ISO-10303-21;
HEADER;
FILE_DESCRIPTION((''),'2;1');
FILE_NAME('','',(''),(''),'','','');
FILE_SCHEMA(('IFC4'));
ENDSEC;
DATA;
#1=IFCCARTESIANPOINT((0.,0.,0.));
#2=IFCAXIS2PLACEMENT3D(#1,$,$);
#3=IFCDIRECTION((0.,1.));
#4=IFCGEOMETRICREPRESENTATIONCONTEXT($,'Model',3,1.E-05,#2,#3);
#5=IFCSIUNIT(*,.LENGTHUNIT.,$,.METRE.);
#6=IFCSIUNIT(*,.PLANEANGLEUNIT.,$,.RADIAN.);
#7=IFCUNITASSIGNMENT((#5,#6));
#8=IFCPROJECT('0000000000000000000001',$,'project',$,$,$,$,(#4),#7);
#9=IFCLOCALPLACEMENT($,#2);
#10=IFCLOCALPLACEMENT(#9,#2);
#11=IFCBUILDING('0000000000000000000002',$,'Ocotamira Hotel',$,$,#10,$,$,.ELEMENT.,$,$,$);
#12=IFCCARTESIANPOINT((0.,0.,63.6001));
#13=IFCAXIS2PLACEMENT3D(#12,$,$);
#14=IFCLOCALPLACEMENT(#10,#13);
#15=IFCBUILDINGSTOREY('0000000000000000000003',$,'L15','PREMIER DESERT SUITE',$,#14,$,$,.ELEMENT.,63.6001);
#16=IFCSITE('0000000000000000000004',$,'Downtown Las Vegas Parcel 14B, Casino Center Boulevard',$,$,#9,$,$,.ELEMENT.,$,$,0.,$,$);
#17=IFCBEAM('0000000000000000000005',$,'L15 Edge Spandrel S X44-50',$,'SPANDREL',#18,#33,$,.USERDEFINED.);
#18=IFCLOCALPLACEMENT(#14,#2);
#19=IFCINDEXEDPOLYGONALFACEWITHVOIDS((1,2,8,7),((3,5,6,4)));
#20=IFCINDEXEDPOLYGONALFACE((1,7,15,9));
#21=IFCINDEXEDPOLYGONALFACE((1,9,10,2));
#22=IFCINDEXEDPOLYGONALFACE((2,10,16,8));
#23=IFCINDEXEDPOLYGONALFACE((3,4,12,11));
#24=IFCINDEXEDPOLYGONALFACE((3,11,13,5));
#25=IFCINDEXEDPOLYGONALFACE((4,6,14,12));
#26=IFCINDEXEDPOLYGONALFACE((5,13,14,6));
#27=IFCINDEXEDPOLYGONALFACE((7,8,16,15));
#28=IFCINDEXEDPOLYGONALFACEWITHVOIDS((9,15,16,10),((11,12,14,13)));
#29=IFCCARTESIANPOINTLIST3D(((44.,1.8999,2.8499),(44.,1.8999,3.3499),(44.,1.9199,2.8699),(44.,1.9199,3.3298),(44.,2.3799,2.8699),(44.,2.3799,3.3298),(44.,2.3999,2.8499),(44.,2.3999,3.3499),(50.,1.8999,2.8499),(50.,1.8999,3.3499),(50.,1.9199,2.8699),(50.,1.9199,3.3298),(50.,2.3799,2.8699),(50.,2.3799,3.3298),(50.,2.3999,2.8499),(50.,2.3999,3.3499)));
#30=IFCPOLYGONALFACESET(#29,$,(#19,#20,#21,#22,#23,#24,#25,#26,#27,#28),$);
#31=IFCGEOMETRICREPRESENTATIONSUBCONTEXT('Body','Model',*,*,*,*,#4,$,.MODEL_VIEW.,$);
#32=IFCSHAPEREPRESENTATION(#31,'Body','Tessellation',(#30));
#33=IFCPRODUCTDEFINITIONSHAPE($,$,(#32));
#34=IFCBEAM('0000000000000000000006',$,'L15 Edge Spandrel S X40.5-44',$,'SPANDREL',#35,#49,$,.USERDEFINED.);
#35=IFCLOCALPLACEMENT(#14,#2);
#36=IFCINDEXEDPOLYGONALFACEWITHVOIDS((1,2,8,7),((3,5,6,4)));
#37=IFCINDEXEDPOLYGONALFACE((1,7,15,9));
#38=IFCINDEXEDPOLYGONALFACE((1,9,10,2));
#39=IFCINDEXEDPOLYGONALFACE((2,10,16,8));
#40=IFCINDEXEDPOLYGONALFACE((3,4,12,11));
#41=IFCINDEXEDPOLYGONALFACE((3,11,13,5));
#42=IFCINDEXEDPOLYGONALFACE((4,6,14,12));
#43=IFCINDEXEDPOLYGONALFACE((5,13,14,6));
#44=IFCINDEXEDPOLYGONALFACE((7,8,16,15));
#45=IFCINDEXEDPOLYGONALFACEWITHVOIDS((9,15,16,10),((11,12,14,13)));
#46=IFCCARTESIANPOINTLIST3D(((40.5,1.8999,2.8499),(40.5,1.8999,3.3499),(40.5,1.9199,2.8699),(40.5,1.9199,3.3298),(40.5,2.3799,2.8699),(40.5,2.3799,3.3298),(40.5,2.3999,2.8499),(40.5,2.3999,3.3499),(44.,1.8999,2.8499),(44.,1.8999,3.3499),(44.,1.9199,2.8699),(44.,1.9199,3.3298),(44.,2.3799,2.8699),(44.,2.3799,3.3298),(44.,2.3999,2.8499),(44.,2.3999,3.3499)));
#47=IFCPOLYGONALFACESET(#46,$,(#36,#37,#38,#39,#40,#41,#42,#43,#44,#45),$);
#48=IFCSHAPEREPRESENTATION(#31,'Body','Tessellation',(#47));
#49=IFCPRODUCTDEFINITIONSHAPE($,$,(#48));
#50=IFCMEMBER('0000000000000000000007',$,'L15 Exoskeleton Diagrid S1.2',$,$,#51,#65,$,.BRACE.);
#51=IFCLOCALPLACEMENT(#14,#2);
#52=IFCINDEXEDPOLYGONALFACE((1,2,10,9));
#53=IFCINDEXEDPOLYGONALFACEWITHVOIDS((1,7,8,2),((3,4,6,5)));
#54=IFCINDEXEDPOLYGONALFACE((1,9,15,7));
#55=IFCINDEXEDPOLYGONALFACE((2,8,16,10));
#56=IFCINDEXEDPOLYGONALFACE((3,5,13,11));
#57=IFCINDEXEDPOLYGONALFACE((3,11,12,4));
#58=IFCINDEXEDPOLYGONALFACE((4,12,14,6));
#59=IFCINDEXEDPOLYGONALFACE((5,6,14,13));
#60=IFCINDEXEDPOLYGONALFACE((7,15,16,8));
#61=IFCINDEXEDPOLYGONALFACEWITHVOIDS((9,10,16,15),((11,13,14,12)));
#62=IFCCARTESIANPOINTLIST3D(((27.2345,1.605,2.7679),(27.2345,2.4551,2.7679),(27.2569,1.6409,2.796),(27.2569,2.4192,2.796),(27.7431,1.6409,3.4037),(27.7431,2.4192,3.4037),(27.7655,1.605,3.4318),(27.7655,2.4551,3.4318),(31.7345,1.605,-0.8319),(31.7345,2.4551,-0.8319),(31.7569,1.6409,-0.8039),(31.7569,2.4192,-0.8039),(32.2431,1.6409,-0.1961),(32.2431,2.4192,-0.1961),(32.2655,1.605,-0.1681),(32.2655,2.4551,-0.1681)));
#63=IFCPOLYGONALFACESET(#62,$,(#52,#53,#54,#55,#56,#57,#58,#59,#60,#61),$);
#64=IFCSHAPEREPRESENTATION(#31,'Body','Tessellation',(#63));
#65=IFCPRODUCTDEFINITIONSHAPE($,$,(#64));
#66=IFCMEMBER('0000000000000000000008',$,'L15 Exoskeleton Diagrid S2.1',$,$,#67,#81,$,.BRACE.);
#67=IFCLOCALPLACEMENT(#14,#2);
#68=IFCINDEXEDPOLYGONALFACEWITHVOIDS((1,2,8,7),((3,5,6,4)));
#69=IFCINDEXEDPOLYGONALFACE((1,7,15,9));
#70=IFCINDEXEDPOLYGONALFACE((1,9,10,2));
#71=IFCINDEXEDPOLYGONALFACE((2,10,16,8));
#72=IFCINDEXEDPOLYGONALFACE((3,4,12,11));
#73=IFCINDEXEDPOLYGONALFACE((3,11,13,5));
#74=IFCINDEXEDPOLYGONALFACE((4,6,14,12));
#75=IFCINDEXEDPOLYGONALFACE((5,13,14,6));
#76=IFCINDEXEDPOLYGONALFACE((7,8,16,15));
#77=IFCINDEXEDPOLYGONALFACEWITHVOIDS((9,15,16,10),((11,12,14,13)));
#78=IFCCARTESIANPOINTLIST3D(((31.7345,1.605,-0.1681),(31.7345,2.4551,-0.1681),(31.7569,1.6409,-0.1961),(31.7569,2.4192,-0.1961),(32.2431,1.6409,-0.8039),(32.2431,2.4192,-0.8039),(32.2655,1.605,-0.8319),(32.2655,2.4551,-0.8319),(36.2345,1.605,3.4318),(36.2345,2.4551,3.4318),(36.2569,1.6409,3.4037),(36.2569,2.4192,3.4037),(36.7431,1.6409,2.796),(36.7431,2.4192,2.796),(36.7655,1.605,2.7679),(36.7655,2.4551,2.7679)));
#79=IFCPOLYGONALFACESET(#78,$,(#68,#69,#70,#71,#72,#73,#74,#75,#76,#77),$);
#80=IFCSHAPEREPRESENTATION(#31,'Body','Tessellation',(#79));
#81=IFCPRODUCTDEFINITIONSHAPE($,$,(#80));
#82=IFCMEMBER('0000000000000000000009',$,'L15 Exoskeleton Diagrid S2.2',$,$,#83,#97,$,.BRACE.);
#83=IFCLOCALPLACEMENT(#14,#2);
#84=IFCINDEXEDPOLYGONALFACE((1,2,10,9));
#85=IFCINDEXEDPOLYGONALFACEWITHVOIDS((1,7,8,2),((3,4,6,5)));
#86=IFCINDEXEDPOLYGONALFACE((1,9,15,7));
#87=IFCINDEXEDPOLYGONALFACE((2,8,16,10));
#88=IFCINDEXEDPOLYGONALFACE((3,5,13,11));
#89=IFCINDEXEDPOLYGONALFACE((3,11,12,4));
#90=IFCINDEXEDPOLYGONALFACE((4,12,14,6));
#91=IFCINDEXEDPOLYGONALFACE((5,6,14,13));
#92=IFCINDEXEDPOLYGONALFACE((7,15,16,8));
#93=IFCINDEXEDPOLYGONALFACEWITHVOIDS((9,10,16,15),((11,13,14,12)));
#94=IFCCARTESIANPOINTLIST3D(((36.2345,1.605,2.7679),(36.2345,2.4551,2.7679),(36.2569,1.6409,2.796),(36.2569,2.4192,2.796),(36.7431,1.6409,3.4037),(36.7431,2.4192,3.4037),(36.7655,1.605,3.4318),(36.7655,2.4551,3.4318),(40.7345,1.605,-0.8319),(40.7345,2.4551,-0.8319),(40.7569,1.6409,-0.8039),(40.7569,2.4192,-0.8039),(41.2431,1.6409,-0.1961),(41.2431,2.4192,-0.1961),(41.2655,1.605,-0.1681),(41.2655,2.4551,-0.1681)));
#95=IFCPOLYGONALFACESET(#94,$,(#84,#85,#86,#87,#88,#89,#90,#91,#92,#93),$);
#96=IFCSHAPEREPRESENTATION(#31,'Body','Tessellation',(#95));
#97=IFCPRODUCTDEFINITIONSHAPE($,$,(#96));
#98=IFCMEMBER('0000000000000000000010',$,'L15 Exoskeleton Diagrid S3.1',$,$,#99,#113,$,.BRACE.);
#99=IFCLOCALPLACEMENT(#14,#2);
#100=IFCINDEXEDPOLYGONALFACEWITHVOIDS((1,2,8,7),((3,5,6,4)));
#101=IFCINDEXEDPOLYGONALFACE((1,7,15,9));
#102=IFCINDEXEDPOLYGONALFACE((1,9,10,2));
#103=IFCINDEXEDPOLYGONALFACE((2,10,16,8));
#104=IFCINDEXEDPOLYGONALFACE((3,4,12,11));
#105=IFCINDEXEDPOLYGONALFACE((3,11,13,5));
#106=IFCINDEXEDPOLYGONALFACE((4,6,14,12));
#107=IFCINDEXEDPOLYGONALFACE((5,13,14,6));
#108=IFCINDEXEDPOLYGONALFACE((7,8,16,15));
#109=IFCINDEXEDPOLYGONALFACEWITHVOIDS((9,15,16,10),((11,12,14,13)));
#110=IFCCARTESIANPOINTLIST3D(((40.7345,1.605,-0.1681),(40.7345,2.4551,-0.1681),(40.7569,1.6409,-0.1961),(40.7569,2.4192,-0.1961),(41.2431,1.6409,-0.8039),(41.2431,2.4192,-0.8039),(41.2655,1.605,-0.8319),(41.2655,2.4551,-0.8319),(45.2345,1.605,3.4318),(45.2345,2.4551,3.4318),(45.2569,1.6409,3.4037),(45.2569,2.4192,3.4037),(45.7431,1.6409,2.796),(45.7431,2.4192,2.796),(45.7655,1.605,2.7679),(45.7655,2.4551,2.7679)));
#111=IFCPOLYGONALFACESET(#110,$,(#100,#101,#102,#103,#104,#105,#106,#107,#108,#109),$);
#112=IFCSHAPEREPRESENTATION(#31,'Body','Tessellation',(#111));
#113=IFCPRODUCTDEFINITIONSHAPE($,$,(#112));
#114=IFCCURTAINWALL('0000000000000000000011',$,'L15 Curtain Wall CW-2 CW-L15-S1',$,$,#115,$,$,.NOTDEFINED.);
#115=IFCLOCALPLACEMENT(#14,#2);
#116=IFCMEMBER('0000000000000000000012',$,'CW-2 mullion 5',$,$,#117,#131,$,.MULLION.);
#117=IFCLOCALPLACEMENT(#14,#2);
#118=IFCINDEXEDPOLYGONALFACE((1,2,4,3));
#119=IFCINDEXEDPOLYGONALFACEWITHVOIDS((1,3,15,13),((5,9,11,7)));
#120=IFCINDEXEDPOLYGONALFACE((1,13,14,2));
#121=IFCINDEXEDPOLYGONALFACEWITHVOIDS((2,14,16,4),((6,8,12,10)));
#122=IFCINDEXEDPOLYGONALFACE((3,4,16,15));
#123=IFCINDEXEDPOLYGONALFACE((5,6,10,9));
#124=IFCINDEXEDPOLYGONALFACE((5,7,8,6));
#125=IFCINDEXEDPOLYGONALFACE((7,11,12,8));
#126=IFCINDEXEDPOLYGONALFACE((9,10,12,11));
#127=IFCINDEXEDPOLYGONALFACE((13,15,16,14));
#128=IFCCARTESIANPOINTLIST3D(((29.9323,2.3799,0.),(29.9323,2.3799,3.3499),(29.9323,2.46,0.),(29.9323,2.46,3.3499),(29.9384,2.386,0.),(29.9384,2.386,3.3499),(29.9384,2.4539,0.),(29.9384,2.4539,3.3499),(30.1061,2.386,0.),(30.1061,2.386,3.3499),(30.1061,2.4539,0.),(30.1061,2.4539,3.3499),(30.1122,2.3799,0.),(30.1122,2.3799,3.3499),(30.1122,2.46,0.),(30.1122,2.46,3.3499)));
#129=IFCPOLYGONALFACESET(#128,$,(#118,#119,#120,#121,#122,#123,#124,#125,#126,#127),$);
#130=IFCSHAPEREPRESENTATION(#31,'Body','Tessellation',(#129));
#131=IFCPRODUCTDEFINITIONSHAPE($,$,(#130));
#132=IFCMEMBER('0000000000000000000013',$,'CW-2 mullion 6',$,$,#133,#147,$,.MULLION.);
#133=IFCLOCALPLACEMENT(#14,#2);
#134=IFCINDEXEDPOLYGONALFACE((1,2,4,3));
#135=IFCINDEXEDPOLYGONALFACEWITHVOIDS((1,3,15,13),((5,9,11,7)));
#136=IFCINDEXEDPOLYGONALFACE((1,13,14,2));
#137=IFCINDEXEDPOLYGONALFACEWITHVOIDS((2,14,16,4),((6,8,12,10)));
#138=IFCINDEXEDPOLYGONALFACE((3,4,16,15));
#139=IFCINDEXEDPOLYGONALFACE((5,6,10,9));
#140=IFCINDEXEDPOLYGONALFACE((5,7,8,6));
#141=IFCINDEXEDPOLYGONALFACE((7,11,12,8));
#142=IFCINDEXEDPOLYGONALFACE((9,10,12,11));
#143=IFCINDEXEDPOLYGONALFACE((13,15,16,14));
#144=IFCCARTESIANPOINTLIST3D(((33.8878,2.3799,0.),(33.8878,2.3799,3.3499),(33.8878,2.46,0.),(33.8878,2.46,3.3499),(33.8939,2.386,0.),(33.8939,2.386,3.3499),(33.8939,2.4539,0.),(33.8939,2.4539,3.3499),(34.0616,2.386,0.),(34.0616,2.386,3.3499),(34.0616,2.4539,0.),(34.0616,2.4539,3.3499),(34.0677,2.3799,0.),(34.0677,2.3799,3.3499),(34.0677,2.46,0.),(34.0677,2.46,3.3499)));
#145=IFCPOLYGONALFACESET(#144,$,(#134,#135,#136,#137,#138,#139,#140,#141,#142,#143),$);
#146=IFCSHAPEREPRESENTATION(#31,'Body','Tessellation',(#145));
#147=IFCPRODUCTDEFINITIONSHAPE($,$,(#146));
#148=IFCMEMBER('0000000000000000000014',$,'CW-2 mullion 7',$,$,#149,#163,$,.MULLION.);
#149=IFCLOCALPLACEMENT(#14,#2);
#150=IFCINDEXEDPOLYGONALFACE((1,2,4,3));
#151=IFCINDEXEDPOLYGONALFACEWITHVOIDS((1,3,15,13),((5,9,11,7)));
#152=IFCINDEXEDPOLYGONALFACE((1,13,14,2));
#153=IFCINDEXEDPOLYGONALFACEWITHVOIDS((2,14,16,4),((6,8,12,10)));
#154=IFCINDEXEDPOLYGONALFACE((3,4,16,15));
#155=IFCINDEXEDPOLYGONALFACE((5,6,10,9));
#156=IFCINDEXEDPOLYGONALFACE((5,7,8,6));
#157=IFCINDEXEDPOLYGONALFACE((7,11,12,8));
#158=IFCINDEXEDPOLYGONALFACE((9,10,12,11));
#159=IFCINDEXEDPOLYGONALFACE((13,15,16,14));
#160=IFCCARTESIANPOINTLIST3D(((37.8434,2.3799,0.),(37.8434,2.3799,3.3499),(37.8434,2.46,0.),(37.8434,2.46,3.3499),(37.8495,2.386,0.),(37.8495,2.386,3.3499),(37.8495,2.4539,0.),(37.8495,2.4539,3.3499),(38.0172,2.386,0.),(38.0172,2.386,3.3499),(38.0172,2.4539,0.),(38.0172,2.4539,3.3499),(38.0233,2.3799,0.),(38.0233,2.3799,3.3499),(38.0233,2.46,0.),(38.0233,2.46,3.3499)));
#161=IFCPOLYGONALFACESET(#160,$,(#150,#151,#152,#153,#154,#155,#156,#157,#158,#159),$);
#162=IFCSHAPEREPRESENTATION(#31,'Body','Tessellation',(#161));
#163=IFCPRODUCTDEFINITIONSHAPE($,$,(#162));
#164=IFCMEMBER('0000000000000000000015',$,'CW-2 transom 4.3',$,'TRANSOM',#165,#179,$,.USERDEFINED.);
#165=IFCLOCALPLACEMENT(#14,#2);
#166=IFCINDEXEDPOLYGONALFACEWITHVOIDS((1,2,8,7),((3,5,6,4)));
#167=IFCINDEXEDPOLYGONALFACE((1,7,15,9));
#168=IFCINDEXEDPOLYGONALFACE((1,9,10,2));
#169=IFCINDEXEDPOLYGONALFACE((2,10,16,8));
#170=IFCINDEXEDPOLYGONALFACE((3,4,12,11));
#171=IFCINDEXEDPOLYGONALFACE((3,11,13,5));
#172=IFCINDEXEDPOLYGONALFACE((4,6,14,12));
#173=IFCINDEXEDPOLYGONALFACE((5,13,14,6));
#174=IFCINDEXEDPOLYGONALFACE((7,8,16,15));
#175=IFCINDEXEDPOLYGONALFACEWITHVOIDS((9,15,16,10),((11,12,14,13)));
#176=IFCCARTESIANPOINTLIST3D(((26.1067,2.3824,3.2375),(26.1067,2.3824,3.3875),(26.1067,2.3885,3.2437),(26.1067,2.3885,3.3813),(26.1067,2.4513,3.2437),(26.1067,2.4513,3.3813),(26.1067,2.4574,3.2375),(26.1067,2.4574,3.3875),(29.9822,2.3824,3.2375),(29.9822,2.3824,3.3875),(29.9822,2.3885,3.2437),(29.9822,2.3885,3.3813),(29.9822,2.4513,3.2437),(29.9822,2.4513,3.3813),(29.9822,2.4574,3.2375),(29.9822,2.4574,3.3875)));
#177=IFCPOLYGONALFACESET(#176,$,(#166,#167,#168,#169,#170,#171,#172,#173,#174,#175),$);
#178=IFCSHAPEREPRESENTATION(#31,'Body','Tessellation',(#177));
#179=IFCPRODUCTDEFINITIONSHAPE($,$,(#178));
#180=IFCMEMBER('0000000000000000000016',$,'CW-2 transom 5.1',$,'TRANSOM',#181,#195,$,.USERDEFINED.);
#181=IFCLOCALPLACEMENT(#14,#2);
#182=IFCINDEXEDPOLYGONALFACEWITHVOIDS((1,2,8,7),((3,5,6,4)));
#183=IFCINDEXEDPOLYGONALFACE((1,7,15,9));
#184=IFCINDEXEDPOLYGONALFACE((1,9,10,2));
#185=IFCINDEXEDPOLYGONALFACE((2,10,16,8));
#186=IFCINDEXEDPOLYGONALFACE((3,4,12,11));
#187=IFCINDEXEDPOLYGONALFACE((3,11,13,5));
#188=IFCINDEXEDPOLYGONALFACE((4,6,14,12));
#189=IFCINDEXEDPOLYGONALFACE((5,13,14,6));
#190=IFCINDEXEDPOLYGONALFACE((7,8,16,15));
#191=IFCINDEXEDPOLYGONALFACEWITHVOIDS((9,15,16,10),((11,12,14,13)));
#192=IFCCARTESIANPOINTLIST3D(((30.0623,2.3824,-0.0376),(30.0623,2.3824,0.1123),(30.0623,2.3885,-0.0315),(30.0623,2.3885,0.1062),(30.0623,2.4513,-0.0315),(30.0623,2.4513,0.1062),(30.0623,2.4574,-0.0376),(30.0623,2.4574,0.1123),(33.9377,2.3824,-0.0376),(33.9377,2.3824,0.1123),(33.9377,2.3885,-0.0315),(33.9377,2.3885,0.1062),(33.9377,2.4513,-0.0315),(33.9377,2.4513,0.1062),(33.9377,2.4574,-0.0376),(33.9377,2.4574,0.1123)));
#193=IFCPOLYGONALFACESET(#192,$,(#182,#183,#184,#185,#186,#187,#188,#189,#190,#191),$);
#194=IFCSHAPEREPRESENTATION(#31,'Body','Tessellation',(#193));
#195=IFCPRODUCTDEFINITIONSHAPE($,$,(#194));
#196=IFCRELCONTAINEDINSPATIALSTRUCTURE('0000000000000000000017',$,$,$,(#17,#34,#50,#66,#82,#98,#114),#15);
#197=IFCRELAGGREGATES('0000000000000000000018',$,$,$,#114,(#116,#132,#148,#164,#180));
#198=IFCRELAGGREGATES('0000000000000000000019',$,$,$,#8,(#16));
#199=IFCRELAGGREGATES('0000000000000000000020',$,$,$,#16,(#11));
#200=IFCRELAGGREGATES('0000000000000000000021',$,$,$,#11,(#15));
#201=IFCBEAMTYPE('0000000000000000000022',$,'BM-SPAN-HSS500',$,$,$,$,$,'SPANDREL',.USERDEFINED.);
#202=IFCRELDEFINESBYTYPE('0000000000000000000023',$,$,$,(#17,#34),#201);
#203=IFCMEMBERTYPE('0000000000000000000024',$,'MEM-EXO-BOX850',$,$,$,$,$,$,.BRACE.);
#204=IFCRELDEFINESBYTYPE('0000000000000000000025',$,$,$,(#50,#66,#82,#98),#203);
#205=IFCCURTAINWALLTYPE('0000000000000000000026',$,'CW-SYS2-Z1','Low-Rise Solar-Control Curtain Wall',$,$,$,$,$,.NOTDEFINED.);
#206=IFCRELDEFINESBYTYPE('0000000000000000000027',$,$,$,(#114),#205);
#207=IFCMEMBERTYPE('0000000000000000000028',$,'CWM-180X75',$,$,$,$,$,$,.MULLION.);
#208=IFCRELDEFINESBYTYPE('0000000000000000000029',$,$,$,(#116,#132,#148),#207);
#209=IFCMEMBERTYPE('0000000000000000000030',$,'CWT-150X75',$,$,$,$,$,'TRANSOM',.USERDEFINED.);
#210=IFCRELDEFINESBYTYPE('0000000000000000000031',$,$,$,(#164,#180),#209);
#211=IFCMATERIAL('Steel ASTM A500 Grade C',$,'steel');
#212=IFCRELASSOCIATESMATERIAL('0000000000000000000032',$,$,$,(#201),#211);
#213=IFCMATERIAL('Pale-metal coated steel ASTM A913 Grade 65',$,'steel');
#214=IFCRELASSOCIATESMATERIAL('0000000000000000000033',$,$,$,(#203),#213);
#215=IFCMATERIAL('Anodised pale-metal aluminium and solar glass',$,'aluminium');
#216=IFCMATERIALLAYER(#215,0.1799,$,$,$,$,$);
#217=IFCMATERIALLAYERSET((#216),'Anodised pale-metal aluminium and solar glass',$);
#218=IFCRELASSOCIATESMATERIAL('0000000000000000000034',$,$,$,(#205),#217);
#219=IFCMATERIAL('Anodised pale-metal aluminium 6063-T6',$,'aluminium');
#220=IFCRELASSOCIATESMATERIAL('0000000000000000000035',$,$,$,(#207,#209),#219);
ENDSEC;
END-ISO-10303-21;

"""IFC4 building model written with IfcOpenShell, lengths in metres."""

from ifc_helpers import new_model, si_unit, direction, frame, origin, origin_2d, place, context, subcontext, project, spatial, hollow_rectangle, extrude, source, transform, mapped, material, layer, layer_set, material_profile, profile_set, type_object, element, aggregate, save


model = new_model("IFC4")

# Units and contexts
model_context = context("Model", 3, precision=1e-05, world=origin(), true_north=direction((0.0, 1.0)))
body_context = subcontext(model_context, "Body", "Model", "MODEL_VIEW")
ifc_project = project(units=[si_unit("LENGTHUNIT", "METRE"), si_unit("PLANEANGLEUNIT", "RADIAN")], contexts=[model_context])

# Site, building, storey
site_placement = place(None, origin())
site = spatial("IfcSite", under=ifc_project, at=site_placement, Name="Downtown Las Vegas Parcel 14B, Casino Center Boulevard", CompositionType="ELEMENT", RefElevation=0.0)
building_placement = place(site_placement, origin())
building = spatial("IfcBuilding", under=site, at=building_placement, Name="Ocotamira Hotel", CompositionType="ELEMENT")
storey_placement = place(building_placement, frame((0.0, 0.0, 63.6001)))
storey = spatial("IfcBuildingStorey", under=building, at=storey_placement, Name="L15", Description="PREMIER DESERT SUITE", CompositionType="ELEMENT", Elevation=63.6001)

# Beams
ifc_material_1 = material(Name="Steel ASTM A500 Grade C", Category="steel")
ifc_material_profile_1 = material_profile(ifc_material_1, hollow_rectangle(XDim=0.5, YDim=0.5, WallThickness=0.02, at=origin_2d()), Name="HSS500X500X20")
ifc_profile_set_1 = profile_set([ifc_material_profile_1], Name="Steel ASTM A500 Grade C")
beam_type = type_object("IfcBeamType", Name="BM-SPAN-HSS500", ElementType="SPANDREL", PredefinedType="USERDEFINED", material=ifc_profile_set_1)
shared_shape_1 = source(origin(), body_context, "Body", "SweptSolid", [
    extrude(hollow_rectangle(XDim=0.5, YDim=0.5, WallThickness=0.02, at=origin_2d()), origin(), (0.0, 0.0, 1.0), 6.0),
])
beam_1_placement = place(storey_placement, frame((44.0, 2.1499, 3.0999), z_axis=(1.0, 0.0, 0.0), x_axis=(0.0, 1.0, 0.0)))
element("IfcBeam", 1, at=beam_1_placement, inside=storey, type_object=beam_type, Name="L15 Edge Spandrel S X44-50", ObjectType="SPANDREL", PredefinedType="USERDEFINED", context=body_context, shape_type="MappedRepresentation", body=[
    mapped(shared_shape_1, transform((0.0, 0.0, 0.0), scale=1.0)),
])
shared_shape_2 = source(origin(), body_context, "Body", "SweptSolid", [
    extrude(hollow_rectangle(XDim=0.5, YDim=0.5, WallThickness=0.02, at=origin_2d()), origin(), (0.0, 0.0, 1.0), 3.5),
])
beam_2_placement = place(storey_placement, frame((40.5, 2.1499, 3.0999), z_axis=(1.0, 0.0, 0.0), x_axis=(0.0, 1.0, 0.0)))
element("IfcBeam", 2, at=beam_2_placement, inside=storey, type_object=beam_type, Name="L15 Edge Spandrel S X40.5-44", ObjectType="SPANDREL", PredefinedType="USERDEFINED", context=body_context, shape_type="MappedRepresentation", body=[
    mapped(shared_shape_2, transform((0.0, 0.0, 0.0), scale=1.0)),
])

# Members
ifc_material_2 = material(Name="Pale-metal coated steel ASTM A913 Grade 65", Category="steel")
ifc_material_profile_2 = material_profile(ifc_material_2, hollow_rectangle(XDim=0.8501, YDim=0.8501, WallThickness=0.0359, at=origin_2d()), Name="BOX850X850X36")
ifc_profile_set_2 = profile_set([ifc_material_profile_2], Name="Pale-metal coated steel ASTM A913 Grade 65")
member_type_1 = type_object("IfcMemberType", Name="MEM-EXO-BOX850", PredefinedType="BRACE", material=ifc_profile_set_2)
shared_shape_3 = source(origin(), body_context, "Body", "SweptSolid", [
    extrude(hollow_rectangle(XDim=0.8501, YDim=0.8501, WallThickness=0.0359, at=origin_2d()), origin(), (0.0, 0.0, 1.0), 5.7627),
])
for number, where, z_axis, x_axis, name in (
    (3, (32.0, 2.03, -0.5), (-0.780881, 0.0, 0.62468), (0.0, -1.0, 0.0), "L15 Exoskeleton Diagrid S1.2"),
    (4, (32.0, 2.03, -0.5), (0.780881, 0.0, 0.62468), (0.0, 1.0, 0.0), "L15 Exoskeleton Diagrid S2.1"),
    (5, (41.0, 2.03, -0.5), (-0.780881, 0.0, 0.62468), (0.0, -1.0, 0.0), "L15 Exoskeleton Diagrid S2.2"),
    (6, (41.0, 2.03, -0.5), (0.780881, 0.0, 0.62468), (0.0, 1.0, 0.0), "L15 Exoskeleton Diagrid S3.1"),
):
    element("IfcMember", number, at=place(storey_placement, frame(where, z_axis=z_axis, x_axis=x_axis)), inside=storey, type_object=member_type_1, Name=name, PredefinedType="BRACE", context=body_context, shape_type="MappedRepresentation", body=[
        mapped(shared_shape_3, transform((0.0, 0.0, 0.0), scale=1.0)),
    ])

# Curtain wall, members
ifc_material_3 = material(Name="Anodised pale-metal aluminium and solar glass", Category="aluminium")
ifc_layer_1 = layer(ifc_material_3, 0.1799)
ifc_layer_set_1 = layer_set([ifc_layer_1], Name="Anodised pale-metal aluminium and solar glass")
curtain_wall_type = type_object("IfcCurtainWallType", Name="CW-SYS2-Z1", Description="Low-Rise Solar-Control Curtain Wall", PredefinedType="NOTDEFINED", material=ifc_layer_set_1)
curtain_wall_placement = place(storey_placement, origin())
curtain_wall = element("IfcCurtainWall", 7, at=curtain_wall_placement, inside=storey, type_object=curtain_wall_type, Name="L15 Curtain Wall CW-2 CW-L15-S1", PredefinedType="NOTDEFINED")
ifc_material_4 = material(Name="Anodised pale-metal aluminium 6063-T6", Category="aluminium")
ifc_material_profile_3 = material_profile(ifc_material_4, hollow_rectangle(XDim=0.0801, YDim=0.1799, WallThickness=0.0061, at=origin_2d()), Name="HSS180X80X6")
ifc_profile_set_3 = profile_set([ifc_material_profile_3], Name="Anodised pale-metal aluminium 6063-T6")
member_type_2 = type_object("IfcMemberType", Name="CWM-180X75", PredefinedType="MULLION", material=ifc_profile_set_3)
shared_shape_4 = source(origin(), body_context, "Body", "SweptSolid", [
    extrude(hollow_rectangle(XDim=0.0801, YDim=0.1799, WallThickness=0.0061, at=origin_2d()), origin(), (0.0, 0.0, 1.0), 3.3499),
])
member_1_placement = place(storey_placement, frame((30.0222, 2.4199, 0.0), z_axis=(0.0, 0.0, 1.0), x_axis=(0.0, 1.0, 0.0)))
member_1 = element("IfcMember", 8, at=member_1_placement, type_object=member_type_2, Name="CW-2 mullion 5", PredefinedType="MULLION", context=body_context, shape_type="MappedRepresentation", body=[
    mapped(shared_shape_4, transform((0.0, 0.0, 0.0), scale=1.0)),
])
member_2_placement = place(storey_placement, frame((33.9778, 2.4199, 0.0), z_axis=(0.0, 0.0, 1.0), x_axis=(0.0, 1.0, 0.0)))
member_2 = element("IfcMember", 9, at=member_2_placement, type_object=member_type_2, Name="CW-2 mullion 6", PredefinedType="MULLION", context=body_context, shape_type="MappedRepresentation", body=[
    mapped(shared_shape_4, transform((0.0, 0.0, 0.0), scale=1.0)),
])
member_3_placement = place(storey_placement, frame((37.9333, 2.4199, 0.0), z_axis=(0.0, 0.0, 1.0), x_axis=(0.0, 1.0, 0.0)))
member_3 = element("IfcMember", 10, at=member_3_placement, type_object=member_type_2, Name="CW-2 mullion 7", PredefinedType="MULLION", context=body_context, shape_type="MappedRepresentation", body=[
    mapped(shared_shape_4, transform((0.0, 0.0, 0.0), scale=1.0)),
])
ifc_material_profile_4 = material_profile(ifc_material_4, hollow_rectangle(XDim=0.075, YDim=0.1499, WallThickness=0.0061, at=origin_2d()), Name="HSS150X75X6")
ifc_profile_set_4 = profile_set([ifc_material_profile_4], Name="Anodised pale-metal aluminium 6063-T6")
member_type_3 = type_object("IfcMemberType", Name="CWT-150X75", ElementType="TRANSOM", PredefinedType="USERDEFINED", material=ifc_profile_set_4)
shared_shape_5 = source(origin(), body_context, "Body", "SweptSolid", [
    extrude(hollow_rectangle(XDim=0.075, YDim=0.1499, WallThickness=0.0061, at=origin_2d()), origin(), (0.0, 0.0, 1.0), 3.8755),
])
member_4_placement = place(storey_placement, frame((26.1067, 2.4199, 3.3125), z_axis=(1.0, 0.0, 0.0), x_axis=(0.0, 1.0, 0.0)))
member_4 = element("IfcMember", 11, at=member_4_placement, type_object=member_type_3, Name="CW-2 transom 4.3", ObjectType="TRANSOM", PredefinedType="USERDEFINED", context=body_context, shape_type="MappedRepresentation", body=[
    mapped(shared_shape_5, transform((0.0, 0.0, 0.0), scale=1.0)),
])
member_5_placement = place(storey_placement, frame((30.0623, 2.4199, 0.0374), z_axis=(1.0, 0.0, 0.0), x_axis=(0.0, 1.0, 0.0)))
member_5 = element("IfcMember", 12, at=member_5_placement, type_object=member_type_3, Name="CW-2 transom 5.1", ObjectType="TRANSOM", PredefinedType="USERDEFINED", context=body_context, shape_type="MappedRepresentation", body=[
    mapped(shared_shape_5, transform((0.0, 0.0, 0.0), scale=1.0)),
])

aggregate(curtain_wall, [member_1, member_2, member_3, member_4, member_5])

save(model, "model.ifc")
